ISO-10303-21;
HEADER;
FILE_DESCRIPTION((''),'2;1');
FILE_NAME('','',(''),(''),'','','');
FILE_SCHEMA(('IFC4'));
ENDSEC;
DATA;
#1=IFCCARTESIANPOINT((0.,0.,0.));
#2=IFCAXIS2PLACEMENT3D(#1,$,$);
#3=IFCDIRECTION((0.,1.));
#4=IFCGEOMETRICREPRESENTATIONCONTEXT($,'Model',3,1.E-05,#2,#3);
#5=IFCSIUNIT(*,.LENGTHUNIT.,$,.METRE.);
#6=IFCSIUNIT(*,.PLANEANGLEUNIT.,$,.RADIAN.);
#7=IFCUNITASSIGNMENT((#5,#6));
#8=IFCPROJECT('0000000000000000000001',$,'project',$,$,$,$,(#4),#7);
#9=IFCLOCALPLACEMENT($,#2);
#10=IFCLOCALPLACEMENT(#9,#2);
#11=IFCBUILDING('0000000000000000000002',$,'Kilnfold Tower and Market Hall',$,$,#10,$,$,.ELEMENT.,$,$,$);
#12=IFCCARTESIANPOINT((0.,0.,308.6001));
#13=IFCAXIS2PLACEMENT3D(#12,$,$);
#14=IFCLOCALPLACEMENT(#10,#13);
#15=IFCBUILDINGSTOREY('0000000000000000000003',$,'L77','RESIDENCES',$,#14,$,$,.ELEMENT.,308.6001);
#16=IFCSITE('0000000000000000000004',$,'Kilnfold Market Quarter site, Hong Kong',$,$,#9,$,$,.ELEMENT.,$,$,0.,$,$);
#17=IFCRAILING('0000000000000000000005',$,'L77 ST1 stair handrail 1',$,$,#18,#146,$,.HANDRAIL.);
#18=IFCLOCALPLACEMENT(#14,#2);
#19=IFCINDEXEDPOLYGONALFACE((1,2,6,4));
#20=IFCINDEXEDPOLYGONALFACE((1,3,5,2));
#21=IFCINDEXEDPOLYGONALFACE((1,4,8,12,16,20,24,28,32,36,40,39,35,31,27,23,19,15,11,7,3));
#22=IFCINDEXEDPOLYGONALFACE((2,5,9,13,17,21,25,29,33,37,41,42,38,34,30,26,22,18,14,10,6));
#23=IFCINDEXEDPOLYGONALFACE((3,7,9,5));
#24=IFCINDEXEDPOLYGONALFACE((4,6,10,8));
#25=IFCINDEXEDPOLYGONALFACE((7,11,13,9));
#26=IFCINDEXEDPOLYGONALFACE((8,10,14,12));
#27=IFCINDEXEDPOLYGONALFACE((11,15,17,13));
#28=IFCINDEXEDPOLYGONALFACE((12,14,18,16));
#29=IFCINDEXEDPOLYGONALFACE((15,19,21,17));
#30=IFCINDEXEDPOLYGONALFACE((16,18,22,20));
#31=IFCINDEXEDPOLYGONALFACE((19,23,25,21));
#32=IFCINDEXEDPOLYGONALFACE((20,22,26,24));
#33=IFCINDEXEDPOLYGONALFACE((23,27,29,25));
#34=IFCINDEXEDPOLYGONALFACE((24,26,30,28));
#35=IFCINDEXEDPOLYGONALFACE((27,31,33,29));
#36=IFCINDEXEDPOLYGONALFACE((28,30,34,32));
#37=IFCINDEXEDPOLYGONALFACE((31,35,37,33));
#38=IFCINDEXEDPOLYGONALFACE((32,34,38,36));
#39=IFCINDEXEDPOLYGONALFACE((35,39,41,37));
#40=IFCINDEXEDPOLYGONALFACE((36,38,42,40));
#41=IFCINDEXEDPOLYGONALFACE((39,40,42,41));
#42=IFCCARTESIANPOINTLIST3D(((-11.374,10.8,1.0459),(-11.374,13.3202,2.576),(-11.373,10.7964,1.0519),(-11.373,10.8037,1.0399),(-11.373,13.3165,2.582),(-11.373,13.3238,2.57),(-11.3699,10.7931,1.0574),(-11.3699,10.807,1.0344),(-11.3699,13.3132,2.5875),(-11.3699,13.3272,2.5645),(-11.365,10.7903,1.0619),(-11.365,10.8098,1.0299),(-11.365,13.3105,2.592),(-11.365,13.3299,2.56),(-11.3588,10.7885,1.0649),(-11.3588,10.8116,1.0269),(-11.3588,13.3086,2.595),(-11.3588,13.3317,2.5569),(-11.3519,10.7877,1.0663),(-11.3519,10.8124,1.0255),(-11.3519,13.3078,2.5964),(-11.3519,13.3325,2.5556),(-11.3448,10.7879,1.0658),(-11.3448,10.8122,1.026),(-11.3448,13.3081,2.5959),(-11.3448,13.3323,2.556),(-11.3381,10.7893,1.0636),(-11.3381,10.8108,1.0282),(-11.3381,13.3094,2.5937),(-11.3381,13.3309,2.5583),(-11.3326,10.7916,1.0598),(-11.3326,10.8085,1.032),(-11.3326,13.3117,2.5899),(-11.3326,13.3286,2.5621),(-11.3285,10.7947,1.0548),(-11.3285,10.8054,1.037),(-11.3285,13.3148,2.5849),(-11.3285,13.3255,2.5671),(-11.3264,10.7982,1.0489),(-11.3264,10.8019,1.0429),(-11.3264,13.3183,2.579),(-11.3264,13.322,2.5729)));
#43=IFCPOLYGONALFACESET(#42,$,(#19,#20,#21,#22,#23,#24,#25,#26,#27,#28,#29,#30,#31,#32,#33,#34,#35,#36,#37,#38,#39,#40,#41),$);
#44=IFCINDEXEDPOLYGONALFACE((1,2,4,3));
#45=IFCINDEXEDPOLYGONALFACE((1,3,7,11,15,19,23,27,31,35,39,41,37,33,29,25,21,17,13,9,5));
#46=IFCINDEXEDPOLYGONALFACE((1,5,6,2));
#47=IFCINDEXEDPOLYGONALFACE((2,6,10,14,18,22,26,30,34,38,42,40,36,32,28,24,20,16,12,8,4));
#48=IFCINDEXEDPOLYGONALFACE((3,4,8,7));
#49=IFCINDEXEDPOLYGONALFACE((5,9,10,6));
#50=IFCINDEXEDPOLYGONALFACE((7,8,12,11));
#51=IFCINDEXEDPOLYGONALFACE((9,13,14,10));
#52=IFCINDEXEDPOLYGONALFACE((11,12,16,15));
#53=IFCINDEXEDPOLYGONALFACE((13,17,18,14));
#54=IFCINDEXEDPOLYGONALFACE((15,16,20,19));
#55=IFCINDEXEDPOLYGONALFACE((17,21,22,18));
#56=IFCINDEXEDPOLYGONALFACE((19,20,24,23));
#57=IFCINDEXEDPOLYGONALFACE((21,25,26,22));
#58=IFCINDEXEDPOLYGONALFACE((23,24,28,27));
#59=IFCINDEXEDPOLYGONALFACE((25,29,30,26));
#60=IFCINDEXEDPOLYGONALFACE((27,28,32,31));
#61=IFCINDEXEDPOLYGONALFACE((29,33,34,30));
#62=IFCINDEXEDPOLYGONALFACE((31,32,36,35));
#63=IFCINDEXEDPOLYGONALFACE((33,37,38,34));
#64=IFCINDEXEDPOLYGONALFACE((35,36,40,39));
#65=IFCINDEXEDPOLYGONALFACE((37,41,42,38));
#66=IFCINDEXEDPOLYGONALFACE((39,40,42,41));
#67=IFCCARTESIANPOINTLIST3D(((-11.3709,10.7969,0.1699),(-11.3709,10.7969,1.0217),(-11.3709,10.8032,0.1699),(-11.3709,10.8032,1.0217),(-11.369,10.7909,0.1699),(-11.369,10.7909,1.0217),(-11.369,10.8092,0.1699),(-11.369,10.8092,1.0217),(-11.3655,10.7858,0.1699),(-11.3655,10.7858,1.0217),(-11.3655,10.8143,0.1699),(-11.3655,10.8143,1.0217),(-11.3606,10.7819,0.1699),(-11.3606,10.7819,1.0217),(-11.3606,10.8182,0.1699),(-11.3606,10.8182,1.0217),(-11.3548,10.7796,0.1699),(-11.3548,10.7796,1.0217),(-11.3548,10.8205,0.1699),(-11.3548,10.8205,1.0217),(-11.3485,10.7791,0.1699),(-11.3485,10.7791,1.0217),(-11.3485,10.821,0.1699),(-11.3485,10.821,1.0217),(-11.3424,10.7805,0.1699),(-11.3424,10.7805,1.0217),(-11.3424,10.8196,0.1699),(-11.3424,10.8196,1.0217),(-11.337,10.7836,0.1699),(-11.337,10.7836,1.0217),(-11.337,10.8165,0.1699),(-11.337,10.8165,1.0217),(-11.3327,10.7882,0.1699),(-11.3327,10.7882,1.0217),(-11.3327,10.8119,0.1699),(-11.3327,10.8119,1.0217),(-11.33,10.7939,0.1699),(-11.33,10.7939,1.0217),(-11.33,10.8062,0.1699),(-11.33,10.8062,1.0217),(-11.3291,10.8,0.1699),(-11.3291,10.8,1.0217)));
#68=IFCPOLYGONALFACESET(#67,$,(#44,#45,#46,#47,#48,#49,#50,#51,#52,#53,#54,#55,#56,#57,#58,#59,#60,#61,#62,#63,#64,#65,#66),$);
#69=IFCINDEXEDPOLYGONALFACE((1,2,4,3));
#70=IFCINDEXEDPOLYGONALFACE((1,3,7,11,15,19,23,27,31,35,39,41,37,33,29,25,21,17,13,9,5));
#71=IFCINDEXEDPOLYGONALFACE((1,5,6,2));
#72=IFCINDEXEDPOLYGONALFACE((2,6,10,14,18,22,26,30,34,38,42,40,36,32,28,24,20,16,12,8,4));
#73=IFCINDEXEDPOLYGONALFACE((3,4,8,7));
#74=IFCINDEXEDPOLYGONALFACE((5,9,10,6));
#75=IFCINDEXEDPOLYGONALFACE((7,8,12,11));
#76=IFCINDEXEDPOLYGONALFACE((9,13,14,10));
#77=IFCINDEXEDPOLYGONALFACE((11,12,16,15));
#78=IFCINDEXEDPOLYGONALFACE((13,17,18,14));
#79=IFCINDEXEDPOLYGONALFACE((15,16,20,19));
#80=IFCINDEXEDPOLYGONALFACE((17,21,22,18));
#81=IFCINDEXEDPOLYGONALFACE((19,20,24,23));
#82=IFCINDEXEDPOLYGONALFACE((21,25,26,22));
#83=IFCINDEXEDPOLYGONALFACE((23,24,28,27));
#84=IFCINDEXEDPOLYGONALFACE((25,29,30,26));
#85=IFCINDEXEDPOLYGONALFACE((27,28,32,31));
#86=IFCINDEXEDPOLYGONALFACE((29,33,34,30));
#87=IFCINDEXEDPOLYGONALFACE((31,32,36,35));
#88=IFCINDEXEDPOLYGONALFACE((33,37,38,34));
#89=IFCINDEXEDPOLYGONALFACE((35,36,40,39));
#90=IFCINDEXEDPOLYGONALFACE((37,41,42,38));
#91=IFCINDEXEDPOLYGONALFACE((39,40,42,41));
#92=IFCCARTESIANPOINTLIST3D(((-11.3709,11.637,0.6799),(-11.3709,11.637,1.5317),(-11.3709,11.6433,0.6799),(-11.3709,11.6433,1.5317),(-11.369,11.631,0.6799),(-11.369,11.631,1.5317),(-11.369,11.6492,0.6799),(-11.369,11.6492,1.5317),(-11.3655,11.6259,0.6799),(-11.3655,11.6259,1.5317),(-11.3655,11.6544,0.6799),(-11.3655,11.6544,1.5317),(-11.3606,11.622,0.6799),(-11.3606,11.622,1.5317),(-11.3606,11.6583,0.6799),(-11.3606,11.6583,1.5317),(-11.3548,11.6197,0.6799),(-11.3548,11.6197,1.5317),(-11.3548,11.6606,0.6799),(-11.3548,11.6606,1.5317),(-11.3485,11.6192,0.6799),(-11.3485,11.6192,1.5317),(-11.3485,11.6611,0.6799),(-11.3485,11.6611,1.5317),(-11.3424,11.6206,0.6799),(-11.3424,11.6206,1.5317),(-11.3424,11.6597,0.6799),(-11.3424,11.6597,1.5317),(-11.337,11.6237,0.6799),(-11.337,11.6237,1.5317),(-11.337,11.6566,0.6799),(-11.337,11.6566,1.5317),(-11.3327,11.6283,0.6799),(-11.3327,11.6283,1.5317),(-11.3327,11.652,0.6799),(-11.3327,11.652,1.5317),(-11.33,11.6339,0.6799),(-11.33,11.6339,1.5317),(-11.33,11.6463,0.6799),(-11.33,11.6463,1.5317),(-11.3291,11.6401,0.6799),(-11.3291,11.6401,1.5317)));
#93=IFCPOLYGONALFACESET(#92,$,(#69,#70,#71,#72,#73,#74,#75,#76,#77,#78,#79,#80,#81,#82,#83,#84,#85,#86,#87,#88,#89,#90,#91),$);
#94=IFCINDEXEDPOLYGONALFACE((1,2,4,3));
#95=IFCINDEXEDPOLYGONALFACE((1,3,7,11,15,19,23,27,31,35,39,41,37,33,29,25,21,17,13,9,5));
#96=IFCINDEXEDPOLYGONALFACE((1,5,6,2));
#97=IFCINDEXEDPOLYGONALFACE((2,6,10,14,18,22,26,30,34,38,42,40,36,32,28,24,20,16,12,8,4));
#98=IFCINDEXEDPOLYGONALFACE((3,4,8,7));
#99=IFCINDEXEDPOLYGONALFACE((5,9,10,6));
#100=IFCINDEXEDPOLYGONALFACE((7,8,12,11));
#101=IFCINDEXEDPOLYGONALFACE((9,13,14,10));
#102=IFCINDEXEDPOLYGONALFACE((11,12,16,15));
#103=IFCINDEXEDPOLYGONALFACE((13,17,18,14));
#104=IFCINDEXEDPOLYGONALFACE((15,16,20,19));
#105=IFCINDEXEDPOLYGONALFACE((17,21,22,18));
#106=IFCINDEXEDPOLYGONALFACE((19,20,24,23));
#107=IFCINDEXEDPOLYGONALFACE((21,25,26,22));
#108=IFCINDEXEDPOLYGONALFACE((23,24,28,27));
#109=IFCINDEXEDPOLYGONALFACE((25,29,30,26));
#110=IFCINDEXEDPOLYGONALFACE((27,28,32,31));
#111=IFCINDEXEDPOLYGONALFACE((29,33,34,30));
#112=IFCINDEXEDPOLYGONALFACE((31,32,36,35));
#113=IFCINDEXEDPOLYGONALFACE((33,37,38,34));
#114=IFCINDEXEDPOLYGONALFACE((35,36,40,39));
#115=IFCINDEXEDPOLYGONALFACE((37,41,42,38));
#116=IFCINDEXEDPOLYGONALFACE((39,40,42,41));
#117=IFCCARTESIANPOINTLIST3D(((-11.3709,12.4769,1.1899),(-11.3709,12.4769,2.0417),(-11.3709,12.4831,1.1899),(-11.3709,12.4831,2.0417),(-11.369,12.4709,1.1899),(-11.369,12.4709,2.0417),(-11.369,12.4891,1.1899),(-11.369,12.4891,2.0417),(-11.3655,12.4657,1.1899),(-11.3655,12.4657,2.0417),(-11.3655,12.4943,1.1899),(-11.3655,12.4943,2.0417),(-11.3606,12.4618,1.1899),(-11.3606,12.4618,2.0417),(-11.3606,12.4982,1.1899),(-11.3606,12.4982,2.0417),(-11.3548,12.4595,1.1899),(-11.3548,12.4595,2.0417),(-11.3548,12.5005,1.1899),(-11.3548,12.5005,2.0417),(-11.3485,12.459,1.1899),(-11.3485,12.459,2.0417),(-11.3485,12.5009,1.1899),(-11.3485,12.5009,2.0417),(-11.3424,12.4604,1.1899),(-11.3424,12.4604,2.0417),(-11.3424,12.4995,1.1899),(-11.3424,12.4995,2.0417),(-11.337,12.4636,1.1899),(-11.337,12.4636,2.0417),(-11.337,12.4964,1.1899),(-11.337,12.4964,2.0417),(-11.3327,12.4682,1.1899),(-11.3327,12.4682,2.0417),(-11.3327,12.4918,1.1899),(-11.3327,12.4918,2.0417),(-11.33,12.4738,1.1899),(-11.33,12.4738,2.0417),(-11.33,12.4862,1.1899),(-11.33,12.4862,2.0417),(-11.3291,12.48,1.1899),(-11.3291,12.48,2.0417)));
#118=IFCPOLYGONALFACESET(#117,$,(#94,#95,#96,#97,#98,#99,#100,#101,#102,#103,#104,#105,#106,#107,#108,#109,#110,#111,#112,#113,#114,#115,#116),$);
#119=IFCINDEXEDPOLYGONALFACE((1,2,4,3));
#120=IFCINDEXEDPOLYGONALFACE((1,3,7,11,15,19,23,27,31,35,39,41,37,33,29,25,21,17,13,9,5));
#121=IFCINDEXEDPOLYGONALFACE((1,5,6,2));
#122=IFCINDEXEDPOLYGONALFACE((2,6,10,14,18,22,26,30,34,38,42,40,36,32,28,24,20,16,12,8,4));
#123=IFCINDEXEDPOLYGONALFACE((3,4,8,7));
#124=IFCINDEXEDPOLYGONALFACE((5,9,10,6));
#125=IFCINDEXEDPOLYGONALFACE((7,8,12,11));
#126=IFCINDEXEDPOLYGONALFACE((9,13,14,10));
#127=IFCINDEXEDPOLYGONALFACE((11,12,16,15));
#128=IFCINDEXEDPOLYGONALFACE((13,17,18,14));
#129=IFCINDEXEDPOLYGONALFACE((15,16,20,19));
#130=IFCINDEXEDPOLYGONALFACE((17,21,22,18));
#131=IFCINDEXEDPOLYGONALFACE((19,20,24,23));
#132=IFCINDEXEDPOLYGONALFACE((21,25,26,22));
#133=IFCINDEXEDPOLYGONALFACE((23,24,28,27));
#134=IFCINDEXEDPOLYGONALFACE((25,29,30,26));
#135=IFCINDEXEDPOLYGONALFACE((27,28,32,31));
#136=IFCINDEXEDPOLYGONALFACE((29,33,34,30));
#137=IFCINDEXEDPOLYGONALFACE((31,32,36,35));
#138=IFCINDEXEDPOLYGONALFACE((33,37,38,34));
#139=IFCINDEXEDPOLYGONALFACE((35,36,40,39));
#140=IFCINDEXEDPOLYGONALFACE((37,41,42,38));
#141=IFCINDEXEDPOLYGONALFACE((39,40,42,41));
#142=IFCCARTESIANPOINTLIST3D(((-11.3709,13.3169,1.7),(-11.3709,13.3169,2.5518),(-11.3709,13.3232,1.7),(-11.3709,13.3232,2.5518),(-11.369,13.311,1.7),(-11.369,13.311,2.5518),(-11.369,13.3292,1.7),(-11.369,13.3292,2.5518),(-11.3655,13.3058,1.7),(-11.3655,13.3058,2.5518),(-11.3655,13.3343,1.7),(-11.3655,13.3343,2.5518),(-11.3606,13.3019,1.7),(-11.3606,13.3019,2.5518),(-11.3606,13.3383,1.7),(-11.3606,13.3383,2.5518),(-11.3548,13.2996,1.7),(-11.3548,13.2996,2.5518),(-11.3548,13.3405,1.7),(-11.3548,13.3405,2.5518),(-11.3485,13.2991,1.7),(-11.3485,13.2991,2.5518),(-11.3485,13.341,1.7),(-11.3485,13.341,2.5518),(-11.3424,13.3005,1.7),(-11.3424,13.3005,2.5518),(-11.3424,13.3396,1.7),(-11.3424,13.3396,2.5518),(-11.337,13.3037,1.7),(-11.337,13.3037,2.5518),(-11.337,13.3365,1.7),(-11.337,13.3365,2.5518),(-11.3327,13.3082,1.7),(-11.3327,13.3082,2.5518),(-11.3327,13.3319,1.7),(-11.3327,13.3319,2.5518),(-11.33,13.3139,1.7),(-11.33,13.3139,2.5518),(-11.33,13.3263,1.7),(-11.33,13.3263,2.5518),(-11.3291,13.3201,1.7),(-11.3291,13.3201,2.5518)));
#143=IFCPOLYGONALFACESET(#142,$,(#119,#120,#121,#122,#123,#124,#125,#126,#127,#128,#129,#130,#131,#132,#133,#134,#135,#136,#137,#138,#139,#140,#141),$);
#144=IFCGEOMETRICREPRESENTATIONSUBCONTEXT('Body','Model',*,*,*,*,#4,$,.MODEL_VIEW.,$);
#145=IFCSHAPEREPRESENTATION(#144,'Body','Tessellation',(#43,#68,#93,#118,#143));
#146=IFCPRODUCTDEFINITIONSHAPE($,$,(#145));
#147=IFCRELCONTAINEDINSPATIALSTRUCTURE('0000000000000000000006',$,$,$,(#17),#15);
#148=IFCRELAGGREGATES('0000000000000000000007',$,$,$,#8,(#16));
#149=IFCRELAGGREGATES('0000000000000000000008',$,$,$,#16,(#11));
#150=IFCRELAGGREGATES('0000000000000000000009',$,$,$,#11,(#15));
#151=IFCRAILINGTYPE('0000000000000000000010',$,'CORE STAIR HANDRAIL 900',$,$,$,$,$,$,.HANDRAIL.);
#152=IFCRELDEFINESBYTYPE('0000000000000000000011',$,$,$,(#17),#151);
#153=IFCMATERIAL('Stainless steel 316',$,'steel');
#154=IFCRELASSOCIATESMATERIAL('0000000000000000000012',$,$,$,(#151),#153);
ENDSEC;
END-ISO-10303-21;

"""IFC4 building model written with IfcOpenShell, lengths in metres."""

from ifc_helpers import new_model, si_unit, direction, frame, origin, origin_2d, place, context, subcontext, project, spatial, circle, extrude, material, type_object, element, save


model = new_model("IFC4")

# Units and contexts
model_context = context("Model", 3, precision=1e-05, world=origin(), true_north=direction((0.0, 1.0)))
body_context = subcontext(model_context, "Body", "Model", "MODEL_VIEW")
ifc_project = project(units=[si_unit("LENGTHUNIT", "METRE"), si_unit("PLANEANGLEUNIT", "RADIAN")], contexts=[model_context])

# Site, building, storey
site_placement = place(None, origin())
site = spatial("IfcSite", under=ifc_project, at=site_placement, Name="Kilnfold Market Quarter site, Hong Kong", CompositionType="ELEMENT", RefElevation=0.0)
building_placement = place(site_placement, origin())
building = spatial("IfcBuilding", under=site, at=building_placement, Name="Kilnfold Tower and Market Hall", CompositionType="ELEMENT")
storey_placement = place(building_placement, frame((0.0, 0.0, 308.6001)))
storey = spatial("IfcBuildingStorey", under=building, at=storey_placement, Name="L77", Description="RESIDENCES", CompositionType="ELEMENT", Elevation=308.6001)

# Railing
ifc_material_1 = material(Name="Stainless steel 316", Category="steel")
railing_type_1 = type_object("IfcRailingType", Name="CORE STAIR HANDRAIL 900", PredefinedType="HANDRAIL", material=ifc_material_1)
railing_1_placement = place(storey_placement, frame((-11.3501, 10.8, 0.1699)))
element("IfcRailing", 1, at=railing_1_placement, inside=storey, type_object=railing_type_1, Name="L77 ST1 stair handrail 1", PredefinedType="HANDRAIL", context=body_context, shape_type="SweptSolid", body=[
    extrude(circle(Radius=0.0239, at=origin_2d()), frame((0.0, 0.0, 0.876), z_axis=(0.0, 0.854785, 0.518982), x_axis=(-1.0, 0.0, 0.0)), (0.0, 0.0, 1.0), 2.9482),
    extrude(circle(Radius=0.021, at=origin_2d()), origin(), (0.0, 0.0, 1.0), 0.8518),
    extrude(circle(Radius=0.021, at=origin_2d()), frame((0.0, 0.8401, 0.51)), (0.0, 0.0, 1.0), 0.8518),
    extrude(circle(Radius=0.021, at=origin_2d()), frame((0.0, 1.6799, 1.02)), (0.0, 0.0, 1.0), 0.8518),
    extrude(circle(Radius=0.021, at=origin_2d()), frame((0.0, 2.52, 1.53)), (0.0, 0.0, 1.0), 0.8518),
])

save(model, "model.ifc")
